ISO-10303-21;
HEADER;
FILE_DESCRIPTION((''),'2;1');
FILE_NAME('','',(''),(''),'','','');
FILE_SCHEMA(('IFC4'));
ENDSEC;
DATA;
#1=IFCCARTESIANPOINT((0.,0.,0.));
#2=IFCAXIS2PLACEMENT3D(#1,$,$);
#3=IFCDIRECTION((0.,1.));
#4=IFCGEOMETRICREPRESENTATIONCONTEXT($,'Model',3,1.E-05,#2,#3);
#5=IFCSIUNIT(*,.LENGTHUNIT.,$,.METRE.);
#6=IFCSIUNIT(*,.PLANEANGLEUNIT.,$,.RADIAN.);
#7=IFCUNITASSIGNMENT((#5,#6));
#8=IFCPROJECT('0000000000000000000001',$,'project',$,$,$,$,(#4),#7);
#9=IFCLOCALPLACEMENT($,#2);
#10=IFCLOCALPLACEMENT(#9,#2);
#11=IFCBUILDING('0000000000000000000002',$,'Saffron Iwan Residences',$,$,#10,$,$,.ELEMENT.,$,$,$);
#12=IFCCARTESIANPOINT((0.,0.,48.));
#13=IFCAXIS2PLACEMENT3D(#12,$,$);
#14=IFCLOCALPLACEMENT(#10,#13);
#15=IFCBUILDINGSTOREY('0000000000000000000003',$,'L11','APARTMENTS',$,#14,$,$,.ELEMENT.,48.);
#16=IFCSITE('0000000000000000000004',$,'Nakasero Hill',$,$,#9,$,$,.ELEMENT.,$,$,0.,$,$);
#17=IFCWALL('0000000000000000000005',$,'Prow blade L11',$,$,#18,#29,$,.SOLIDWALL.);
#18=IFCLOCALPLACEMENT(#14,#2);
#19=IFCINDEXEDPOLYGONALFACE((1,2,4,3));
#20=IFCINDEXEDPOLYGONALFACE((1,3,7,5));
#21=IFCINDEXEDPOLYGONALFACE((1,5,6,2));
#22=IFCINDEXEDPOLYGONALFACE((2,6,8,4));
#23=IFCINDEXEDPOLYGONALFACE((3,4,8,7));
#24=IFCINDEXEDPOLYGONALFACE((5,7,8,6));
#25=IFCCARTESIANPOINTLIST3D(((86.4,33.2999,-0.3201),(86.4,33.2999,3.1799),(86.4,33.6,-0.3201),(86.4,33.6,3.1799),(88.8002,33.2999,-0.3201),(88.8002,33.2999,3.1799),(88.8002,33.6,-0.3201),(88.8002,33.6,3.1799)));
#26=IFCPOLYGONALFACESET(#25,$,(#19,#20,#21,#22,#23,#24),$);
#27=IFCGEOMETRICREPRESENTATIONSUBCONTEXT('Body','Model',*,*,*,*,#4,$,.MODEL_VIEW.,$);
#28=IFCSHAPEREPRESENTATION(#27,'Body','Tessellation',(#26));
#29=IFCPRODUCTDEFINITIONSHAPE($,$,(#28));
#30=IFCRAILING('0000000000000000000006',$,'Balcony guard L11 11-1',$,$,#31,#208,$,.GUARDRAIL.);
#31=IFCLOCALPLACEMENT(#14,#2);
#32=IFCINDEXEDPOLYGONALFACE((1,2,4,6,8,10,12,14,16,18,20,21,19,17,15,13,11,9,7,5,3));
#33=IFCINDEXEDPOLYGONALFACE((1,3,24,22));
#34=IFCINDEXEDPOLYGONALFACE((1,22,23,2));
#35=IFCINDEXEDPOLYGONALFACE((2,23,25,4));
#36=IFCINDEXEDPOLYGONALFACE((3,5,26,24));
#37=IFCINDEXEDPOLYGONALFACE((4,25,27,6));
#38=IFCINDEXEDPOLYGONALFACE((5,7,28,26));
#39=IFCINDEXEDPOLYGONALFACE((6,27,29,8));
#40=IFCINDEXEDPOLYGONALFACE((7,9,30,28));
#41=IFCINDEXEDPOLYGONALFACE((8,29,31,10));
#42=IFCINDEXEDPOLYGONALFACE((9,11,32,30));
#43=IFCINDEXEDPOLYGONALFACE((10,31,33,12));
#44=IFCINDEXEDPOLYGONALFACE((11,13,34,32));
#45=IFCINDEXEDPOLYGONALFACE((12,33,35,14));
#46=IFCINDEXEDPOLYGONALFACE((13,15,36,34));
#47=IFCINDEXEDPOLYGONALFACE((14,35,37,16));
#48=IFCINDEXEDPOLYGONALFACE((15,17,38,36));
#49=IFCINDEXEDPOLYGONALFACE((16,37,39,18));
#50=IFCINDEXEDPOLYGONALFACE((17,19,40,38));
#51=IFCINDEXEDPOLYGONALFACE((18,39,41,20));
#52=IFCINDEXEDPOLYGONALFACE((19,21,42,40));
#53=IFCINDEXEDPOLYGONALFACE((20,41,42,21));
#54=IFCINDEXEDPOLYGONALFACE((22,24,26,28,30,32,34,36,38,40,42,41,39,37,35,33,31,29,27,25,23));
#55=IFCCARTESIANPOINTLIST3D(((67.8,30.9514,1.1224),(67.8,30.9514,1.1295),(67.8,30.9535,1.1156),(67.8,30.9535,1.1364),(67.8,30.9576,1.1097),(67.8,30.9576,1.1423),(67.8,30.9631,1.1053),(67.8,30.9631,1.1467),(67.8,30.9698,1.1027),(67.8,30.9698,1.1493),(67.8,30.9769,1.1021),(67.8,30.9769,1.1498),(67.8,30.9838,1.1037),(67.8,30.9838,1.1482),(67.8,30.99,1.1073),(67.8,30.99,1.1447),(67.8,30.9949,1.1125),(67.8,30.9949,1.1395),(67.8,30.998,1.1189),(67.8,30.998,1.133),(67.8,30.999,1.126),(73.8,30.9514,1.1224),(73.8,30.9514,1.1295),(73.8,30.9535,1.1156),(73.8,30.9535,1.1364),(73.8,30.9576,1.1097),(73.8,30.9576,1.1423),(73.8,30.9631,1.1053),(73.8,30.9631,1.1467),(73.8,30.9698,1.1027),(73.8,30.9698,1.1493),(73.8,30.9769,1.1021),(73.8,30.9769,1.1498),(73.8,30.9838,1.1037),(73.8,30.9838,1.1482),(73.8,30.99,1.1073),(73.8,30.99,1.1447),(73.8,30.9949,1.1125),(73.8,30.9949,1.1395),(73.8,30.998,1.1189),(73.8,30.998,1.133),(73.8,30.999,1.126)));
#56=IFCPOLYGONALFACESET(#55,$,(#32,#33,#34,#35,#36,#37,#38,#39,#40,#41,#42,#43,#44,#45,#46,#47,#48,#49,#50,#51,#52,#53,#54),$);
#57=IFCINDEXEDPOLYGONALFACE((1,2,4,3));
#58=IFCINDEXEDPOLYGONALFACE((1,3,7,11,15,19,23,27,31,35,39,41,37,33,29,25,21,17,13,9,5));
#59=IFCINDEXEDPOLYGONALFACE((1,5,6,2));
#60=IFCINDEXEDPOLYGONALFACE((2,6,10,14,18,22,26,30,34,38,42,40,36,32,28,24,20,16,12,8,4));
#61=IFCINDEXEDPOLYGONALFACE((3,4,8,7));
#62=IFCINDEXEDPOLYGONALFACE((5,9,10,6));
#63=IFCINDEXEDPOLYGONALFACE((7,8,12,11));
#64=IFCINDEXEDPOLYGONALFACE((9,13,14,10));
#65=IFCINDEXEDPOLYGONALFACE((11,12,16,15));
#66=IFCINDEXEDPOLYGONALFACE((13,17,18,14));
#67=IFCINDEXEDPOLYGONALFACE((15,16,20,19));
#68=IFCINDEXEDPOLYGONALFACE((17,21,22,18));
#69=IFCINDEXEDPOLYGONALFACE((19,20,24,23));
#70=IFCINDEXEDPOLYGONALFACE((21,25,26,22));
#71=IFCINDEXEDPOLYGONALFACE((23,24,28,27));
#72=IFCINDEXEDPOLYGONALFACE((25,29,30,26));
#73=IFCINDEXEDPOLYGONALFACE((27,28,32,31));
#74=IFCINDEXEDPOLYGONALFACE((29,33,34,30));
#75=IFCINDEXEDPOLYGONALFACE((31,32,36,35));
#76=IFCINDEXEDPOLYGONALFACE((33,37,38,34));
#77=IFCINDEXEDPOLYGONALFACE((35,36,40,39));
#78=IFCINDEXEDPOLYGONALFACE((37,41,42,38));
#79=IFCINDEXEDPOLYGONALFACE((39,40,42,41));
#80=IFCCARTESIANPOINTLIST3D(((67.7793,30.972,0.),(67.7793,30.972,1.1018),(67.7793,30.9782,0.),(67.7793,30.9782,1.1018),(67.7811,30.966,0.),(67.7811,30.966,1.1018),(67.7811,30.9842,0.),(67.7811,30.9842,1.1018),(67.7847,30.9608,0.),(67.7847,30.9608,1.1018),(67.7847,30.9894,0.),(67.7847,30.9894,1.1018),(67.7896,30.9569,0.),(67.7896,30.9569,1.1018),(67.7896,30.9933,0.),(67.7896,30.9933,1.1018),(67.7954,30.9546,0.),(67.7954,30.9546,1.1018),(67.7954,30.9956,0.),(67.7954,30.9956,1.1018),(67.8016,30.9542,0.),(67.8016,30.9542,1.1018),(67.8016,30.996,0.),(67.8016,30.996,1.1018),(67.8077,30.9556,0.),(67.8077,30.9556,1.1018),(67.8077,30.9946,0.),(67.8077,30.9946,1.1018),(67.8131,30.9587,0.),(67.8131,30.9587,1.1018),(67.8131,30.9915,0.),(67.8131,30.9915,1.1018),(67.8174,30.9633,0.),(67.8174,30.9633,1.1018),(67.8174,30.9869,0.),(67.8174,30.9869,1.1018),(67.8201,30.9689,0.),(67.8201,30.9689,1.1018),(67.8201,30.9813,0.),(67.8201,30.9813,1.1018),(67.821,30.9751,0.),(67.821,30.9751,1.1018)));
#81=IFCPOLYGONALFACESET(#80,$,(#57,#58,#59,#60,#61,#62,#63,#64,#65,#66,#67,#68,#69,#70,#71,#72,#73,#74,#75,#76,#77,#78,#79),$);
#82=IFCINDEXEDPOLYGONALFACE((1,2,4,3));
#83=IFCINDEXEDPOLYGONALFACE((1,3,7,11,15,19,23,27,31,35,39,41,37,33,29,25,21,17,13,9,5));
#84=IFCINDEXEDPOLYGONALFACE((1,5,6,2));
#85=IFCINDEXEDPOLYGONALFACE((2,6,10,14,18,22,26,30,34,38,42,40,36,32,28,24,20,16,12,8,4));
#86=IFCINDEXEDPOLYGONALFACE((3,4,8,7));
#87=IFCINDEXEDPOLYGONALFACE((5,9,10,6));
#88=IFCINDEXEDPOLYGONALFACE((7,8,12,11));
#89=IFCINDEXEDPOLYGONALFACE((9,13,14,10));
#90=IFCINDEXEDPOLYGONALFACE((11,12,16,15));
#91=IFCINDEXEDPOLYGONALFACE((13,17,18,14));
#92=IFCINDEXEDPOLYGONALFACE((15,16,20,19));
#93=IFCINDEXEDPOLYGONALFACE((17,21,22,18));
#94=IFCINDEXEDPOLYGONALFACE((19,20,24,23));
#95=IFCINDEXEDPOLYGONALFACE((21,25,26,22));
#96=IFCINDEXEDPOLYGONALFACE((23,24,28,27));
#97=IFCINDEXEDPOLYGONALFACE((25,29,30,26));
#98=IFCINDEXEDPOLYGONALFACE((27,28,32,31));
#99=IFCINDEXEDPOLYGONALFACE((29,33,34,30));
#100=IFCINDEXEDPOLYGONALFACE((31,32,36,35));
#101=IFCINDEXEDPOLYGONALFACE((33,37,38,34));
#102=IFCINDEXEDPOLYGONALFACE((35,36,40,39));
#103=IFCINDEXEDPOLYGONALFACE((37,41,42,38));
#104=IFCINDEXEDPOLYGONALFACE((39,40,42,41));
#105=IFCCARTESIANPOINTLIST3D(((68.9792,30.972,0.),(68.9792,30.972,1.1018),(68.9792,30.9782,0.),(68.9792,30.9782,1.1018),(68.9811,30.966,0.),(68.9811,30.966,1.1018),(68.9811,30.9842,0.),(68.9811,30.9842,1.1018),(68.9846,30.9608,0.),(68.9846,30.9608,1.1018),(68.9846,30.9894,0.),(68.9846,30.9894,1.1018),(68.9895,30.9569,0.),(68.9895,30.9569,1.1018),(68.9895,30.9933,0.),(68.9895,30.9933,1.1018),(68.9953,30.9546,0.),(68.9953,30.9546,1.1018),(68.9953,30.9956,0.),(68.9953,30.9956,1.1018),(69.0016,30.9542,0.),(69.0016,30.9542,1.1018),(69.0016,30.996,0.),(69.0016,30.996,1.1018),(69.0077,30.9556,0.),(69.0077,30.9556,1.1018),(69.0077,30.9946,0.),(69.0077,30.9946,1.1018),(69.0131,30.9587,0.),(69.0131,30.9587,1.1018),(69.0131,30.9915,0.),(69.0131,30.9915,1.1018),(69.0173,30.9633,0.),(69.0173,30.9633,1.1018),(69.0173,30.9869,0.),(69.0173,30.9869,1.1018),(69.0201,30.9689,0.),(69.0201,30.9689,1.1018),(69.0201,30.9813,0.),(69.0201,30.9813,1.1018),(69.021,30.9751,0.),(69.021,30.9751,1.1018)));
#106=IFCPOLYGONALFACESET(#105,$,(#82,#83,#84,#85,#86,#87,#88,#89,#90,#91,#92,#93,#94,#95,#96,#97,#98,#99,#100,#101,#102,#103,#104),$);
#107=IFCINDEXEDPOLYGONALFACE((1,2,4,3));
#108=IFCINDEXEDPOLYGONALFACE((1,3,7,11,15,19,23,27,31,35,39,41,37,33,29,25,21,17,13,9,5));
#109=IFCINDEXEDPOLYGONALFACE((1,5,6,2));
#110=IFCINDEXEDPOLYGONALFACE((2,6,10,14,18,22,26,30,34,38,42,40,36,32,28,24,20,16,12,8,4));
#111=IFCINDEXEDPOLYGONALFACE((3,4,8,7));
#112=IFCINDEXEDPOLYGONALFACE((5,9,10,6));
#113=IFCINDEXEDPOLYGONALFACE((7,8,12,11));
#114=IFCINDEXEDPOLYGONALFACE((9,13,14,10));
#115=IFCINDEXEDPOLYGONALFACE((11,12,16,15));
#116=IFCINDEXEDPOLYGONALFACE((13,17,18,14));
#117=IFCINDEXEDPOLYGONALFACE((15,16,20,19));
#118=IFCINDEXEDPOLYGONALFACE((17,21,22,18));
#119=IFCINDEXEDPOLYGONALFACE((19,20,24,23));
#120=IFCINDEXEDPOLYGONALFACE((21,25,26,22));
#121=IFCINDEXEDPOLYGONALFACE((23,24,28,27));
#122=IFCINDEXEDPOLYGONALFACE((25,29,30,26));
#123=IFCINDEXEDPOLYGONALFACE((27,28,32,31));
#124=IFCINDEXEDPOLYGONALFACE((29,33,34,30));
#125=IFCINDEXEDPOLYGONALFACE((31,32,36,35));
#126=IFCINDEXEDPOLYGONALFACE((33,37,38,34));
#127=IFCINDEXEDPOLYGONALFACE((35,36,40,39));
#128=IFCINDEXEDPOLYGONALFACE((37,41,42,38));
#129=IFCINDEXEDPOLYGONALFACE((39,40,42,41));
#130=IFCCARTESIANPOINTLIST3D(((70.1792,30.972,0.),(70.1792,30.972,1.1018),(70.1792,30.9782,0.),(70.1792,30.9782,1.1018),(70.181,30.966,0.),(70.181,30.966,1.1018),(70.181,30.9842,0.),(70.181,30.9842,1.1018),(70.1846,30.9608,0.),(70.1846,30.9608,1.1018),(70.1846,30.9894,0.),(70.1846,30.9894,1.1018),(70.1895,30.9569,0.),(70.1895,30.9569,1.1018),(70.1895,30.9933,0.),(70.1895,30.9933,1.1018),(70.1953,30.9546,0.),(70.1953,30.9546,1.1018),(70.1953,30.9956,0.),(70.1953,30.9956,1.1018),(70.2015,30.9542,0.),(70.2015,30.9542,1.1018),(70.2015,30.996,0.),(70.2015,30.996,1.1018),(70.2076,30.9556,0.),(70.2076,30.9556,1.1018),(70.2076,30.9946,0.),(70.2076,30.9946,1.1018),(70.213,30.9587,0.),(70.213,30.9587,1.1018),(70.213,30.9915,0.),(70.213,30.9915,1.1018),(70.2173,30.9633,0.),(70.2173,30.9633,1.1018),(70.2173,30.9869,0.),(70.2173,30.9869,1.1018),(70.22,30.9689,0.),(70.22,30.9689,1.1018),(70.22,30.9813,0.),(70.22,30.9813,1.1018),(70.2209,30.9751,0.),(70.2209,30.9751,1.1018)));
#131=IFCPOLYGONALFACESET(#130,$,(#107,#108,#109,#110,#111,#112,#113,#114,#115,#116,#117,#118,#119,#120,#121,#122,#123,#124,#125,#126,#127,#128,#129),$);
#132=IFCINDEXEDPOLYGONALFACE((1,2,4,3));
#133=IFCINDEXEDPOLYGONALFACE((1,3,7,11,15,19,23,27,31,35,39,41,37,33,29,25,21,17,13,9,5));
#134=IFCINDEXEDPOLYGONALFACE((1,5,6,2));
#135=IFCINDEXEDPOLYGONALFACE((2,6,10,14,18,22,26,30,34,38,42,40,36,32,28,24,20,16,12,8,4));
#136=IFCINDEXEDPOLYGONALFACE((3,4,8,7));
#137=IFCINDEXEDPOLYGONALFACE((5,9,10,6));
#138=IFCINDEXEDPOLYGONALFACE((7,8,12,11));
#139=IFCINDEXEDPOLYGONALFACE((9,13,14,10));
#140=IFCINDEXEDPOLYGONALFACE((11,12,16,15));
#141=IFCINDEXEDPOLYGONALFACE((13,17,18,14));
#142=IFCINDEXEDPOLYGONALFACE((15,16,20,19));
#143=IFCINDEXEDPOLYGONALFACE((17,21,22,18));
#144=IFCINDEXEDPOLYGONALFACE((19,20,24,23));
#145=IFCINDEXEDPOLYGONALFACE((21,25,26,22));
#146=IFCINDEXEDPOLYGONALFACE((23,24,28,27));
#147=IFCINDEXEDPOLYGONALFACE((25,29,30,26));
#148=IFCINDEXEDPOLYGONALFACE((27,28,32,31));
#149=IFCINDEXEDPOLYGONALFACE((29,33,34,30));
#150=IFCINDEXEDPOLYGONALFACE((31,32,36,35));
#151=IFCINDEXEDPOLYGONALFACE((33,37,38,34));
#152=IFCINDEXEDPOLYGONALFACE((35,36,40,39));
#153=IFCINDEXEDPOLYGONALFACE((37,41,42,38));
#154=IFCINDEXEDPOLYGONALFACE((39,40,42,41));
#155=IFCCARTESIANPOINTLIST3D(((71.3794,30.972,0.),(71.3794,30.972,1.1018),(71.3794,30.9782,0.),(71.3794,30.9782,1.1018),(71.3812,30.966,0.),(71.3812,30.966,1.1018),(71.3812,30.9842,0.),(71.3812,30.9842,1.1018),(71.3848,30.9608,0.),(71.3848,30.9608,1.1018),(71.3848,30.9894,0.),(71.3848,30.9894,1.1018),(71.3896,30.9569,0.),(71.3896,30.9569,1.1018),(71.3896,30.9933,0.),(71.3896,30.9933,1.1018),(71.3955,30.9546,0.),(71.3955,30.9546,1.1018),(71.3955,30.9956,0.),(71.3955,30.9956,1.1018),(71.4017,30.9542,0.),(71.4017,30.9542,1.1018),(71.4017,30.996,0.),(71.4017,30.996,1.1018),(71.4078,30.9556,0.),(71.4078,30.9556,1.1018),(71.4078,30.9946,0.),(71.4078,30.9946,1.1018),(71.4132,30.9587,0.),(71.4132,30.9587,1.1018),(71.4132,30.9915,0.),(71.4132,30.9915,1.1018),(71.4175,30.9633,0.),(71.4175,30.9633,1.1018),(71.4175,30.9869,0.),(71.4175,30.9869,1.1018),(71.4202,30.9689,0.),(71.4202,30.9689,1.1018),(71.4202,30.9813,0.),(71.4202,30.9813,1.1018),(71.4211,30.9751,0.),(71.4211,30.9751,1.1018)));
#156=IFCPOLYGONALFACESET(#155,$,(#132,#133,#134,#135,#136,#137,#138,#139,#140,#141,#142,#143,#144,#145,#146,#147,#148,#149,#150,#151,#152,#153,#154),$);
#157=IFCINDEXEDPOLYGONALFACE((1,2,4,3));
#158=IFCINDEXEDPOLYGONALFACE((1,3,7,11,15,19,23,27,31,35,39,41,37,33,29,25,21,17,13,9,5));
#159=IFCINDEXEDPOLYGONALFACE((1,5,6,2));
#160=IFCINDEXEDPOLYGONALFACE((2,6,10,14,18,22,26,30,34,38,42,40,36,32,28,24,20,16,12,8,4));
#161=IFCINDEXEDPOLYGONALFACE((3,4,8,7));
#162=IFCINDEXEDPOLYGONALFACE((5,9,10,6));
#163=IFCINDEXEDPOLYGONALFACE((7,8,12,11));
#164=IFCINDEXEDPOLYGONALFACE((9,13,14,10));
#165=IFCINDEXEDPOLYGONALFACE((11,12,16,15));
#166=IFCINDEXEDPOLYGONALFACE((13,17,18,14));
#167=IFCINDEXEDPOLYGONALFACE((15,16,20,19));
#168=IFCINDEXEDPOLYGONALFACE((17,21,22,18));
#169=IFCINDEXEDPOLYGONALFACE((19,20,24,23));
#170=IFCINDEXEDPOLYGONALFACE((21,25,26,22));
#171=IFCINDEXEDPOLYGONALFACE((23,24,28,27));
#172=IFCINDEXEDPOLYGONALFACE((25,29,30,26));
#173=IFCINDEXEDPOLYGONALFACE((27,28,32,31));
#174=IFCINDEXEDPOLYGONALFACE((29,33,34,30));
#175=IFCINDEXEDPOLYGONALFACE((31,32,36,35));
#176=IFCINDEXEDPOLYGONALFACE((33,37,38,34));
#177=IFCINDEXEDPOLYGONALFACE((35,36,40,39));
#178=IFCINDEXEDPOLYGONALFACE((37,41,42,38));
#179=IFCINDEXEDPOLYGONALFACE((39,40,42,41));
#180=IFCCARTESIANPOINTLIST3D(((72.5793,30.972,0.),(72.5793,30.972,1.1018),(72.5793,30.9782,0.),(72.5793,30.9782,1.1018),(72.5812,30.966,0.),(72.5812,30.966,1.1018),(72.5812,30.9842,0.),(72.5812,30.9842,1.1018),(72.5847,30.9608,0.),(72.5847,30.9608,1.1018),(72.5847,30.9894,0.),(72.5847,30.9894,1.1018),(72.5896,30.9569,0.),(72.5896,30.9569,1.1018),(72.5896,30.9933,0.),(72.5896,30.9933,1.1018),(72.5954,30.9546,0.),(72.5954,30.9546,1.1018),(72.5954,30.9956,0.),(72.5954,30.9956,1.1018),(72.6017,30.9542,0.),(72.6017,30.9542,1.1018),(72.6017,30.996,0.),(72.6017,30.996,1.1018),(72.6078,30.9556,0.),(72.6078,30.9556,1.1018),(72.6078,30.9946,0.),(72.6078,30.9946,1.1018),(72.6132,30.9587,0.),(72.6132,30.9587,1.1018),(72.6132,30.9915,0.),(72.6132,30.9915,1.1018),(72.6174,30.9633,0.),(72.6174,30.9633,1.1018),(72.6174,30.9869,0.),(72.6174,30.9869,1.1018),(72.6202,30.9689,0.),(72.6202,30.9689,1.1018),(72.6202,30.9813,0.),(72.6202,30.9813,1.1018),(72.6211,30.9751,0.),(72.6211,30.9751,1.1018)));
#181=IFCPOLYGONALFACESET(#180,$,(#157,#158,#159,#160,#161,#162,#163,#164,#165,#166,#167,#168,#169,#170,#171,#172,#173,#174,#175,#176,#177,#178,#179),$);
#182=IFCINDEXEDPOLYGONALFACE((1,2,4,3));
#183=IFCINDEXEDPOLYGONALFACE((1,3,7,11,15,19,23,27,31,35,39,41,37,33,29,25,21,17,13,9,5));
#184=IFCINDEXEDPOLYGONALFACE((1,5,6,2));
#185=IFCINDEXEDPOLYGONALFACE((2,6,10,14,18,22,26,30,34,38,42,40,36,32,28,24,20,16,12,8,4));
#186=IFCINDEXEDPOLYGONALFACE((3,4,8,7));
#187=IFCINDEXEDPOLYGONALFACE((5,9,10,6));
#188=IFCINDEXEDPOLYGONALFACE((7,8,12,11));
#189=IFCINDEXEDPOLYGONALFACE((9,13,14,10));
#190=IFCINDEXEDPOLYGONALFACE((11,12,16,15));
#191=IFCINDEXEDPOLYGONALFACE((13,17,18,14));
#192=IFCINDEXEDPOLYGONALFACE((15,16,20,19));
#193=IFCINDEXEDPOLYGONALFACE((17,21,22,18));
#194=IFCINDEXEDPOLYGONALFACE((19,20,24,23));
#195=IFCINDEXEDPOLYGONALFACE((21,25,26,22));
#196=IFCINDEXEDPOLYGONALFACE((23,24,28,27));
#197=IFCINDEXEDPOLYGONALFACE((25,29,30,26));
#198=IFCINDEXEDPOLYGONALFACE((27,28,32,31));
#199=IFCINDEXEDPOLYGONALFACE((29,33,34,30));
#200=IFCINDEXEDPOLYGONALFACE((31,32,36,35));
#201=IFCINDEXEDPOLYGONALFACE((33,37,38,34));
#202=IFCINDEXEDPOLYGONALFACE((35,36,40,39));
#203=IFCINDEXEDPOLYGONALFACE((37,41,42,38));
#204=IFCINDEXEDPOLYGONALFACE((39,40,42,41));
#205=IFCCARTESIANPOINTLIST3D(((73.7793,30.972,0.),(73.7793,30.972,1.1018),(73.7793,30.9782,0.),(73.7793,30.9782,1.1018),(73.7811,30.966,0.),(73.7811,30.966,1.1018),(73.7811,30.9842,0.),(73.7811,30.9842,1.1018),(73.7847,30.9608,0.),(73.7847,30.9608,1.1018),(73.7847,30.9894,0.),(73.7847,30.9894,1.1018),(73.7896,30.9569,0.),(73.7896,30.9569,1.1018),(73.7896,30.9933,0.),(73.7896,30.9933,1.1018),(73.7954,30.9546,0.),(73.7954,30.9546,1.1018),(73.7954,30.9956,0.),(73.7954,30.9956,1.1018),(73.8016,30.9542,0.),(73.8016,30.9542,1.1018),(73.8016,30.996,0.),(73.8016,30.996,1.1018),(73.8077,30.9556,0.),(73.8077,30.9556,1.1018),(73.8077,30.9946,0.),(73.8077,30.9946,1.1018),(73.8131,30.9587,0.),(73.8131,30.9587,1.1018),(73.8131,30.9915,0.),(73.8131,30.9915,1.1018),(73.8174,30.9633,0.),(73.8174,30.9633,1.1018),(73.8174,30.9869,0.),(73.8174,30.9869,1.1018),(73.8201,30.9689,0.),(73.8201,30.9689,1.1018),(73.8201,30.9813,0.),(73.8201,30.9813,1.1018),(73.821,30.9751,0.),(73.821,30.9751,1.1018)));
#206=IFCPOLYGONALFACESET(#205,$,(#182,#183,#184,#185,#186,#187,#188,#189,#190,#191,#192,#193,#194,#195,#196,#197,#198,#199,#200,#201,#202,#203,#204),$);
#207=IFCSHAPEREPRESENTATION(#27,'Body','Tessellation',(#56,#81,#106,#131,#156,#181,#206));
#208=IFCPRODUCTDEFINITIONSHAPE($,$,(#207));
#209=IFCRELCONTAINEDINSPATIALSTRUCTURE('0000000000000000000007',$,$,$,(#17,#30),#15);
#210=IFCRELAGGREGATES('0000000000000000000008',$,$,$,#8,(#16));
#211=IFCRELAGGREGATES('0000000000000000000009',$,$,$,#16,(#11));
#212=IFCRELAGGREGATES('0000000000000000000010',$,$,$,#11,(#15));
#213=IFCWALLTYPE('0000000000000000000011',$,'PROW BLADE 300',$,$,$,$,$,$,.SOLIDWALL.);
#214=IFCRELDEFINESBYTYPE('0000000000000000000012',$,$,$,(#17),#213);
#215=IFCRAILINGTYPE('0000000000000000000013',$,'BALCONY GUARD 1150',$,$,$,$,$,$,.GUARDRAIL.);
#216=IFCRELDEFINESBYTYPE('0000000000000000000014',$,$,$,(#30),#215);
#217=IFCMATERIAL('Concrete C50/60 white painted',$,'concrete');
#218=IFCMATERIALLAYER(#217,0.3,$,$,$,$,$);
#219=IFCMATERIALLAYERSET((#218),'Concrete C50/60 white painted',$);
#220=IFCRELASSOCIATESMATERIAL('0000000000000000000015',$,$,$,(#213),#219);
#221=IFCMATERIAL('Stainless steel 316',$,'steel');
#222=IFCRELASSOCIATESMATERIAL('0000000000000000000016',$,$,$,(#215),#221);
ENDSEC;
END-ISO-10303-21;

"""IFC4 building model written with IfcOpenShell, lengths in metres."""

from ifc_helpers import new_model, si_unit, direction, frame, frame_2d, origin, origin_2d, place, context, subcontext, project, spatial, rectangle, circle, extrude, material, layer, layer_set, type_object, element, save


model = new_model("IFC4")

# Units and contexts
model_context = context("Model", 3, precision=1e-05, world=origin(), true_north=direction((0.0, 1.0)))
body_context = subcontext(model_context, "Body", "Model", "MODEL_VIEW")
ifc_project = project(units=[si_unit("LENGTHUNIT", "METRE"), si_unit("PLANEANGLEUNIT", "RADIAN")], contexts=[model_context])

# Site, building, storey
site_placement = place(None, origin())
site = spatial("IfcSite", under=ifc_project, at=site_placement, Name="Nakasero Hill", CompositionType="ELEMENT", RefElevation=0.0)
building_placement = place(site_placement, origin())
building = spatial("IfcBuilding", under=site, at=building_placement, Name="Saffron Iwan Residences", CompositionType="ELEMENT")
storey_placement = place(building_placement, frame((0.0, 0.0, 48.0)))
storey = spatial("IfcBuildingStorey", under=building, at=storey_placement, Name="L11", Description="APARTMENTS", CompositionType="ELEMENT", Elevation=48.0)

# Shared definitions
ifc_material_1 = material(Name="Concrete C50/60 white painted", Category="concrete")

# Wall
ifc_layer_1 = layer(ifc_material_1, 0.3)
ifc_layer_set_1 = layer_set([ifc_layer_1], Name="Concrete C50/60 white painted")
wall_type_1 = type_object("IfcWallType", Name="PROW BLADE 300", PredefinedType="SOLIDWALL", material=ifc_layer_set_1)
wall_1_placement = place(storey_placement, frame((86.3999, 33.45, -0.3201), z_axis=(0.0, 0.0, 1.0), x_axis=(1.0, 0.0, 0.0)))
element("IfcWall", 1, at=wall_1_placement, inside=storey, type_object=wall_type_1, Name="Prow blade L11", PredefinedType="SOLIDWALL", context=body_context, shape_type="SweptSolid", body=[
    extrude(rectangle(XDim=2.4001, YDim=0.3, at=frame_2d((1.2002, 0.0))), origin(), (0.0, 0.0, 1.0), 3.5),
])

# Railing
ifc_material_2 = material(Name="Stainless steel 316", Category="steel")
railing_type = type_object("IfcRailingType", Name="BALCONY GUARD 1150", PredefinedType="GUARDRAIL", material=ifc_material_2)
railing_placement = place(storey_placement, frame((67.8, 30.9751, 0.0)))
element("IfcRailing", 2, at=railing_placement, inside=storey, type_object=railing_type, Name="Balcony guard L11 11-1", PredefinedType="GUARDRAIL", context=body_context, shape_type="SweptSolid", body=[
    extrude(circle(Radius=0.0239, at=origin_2d()), frame((0.0, 0.0, 1.126), z_axis=(1.0, 0.0, 0.0), x_axis=(0.0, 1.0, 0.0)), (0.0, 0.0, 1.0), 6.0),
    extrude(circle(Radius=0.021, at=origin_2d()), origin(), (0.0, 0.0, 1.0), 1.1018),
    extrude(circle(Radius=0.021, at=origin_2d()), frame((1.2, 0.0, 0.0)), (0.0, 0.0, 1.0), 1.1018),
    extrude(circle(Radius=0.021, at=origin_2d()), frame((2.3999, 0.0, 0.0)), (0.0, 0.0, 1.0), 1.1018),
    extrude(circle(Radius=0.021, at=origin_2d()), frame((3.6001, 0.0, 0.0)), (0.0, 0.0, 1.0), 1.1018),
    extrude(circle(Radius=0.021, at=origin_2d()), frame((4.8, 0.0, 0.0)), (0.0, 0.0, 1.0), 1.1018),
    extrude(circle(Radius=0.021, at=origin_2d()), frame((6.0, 0.0, 0.0)), (0.0, 0.0, 1.0), 1.1018),
])

save(model, "model.ifc")
